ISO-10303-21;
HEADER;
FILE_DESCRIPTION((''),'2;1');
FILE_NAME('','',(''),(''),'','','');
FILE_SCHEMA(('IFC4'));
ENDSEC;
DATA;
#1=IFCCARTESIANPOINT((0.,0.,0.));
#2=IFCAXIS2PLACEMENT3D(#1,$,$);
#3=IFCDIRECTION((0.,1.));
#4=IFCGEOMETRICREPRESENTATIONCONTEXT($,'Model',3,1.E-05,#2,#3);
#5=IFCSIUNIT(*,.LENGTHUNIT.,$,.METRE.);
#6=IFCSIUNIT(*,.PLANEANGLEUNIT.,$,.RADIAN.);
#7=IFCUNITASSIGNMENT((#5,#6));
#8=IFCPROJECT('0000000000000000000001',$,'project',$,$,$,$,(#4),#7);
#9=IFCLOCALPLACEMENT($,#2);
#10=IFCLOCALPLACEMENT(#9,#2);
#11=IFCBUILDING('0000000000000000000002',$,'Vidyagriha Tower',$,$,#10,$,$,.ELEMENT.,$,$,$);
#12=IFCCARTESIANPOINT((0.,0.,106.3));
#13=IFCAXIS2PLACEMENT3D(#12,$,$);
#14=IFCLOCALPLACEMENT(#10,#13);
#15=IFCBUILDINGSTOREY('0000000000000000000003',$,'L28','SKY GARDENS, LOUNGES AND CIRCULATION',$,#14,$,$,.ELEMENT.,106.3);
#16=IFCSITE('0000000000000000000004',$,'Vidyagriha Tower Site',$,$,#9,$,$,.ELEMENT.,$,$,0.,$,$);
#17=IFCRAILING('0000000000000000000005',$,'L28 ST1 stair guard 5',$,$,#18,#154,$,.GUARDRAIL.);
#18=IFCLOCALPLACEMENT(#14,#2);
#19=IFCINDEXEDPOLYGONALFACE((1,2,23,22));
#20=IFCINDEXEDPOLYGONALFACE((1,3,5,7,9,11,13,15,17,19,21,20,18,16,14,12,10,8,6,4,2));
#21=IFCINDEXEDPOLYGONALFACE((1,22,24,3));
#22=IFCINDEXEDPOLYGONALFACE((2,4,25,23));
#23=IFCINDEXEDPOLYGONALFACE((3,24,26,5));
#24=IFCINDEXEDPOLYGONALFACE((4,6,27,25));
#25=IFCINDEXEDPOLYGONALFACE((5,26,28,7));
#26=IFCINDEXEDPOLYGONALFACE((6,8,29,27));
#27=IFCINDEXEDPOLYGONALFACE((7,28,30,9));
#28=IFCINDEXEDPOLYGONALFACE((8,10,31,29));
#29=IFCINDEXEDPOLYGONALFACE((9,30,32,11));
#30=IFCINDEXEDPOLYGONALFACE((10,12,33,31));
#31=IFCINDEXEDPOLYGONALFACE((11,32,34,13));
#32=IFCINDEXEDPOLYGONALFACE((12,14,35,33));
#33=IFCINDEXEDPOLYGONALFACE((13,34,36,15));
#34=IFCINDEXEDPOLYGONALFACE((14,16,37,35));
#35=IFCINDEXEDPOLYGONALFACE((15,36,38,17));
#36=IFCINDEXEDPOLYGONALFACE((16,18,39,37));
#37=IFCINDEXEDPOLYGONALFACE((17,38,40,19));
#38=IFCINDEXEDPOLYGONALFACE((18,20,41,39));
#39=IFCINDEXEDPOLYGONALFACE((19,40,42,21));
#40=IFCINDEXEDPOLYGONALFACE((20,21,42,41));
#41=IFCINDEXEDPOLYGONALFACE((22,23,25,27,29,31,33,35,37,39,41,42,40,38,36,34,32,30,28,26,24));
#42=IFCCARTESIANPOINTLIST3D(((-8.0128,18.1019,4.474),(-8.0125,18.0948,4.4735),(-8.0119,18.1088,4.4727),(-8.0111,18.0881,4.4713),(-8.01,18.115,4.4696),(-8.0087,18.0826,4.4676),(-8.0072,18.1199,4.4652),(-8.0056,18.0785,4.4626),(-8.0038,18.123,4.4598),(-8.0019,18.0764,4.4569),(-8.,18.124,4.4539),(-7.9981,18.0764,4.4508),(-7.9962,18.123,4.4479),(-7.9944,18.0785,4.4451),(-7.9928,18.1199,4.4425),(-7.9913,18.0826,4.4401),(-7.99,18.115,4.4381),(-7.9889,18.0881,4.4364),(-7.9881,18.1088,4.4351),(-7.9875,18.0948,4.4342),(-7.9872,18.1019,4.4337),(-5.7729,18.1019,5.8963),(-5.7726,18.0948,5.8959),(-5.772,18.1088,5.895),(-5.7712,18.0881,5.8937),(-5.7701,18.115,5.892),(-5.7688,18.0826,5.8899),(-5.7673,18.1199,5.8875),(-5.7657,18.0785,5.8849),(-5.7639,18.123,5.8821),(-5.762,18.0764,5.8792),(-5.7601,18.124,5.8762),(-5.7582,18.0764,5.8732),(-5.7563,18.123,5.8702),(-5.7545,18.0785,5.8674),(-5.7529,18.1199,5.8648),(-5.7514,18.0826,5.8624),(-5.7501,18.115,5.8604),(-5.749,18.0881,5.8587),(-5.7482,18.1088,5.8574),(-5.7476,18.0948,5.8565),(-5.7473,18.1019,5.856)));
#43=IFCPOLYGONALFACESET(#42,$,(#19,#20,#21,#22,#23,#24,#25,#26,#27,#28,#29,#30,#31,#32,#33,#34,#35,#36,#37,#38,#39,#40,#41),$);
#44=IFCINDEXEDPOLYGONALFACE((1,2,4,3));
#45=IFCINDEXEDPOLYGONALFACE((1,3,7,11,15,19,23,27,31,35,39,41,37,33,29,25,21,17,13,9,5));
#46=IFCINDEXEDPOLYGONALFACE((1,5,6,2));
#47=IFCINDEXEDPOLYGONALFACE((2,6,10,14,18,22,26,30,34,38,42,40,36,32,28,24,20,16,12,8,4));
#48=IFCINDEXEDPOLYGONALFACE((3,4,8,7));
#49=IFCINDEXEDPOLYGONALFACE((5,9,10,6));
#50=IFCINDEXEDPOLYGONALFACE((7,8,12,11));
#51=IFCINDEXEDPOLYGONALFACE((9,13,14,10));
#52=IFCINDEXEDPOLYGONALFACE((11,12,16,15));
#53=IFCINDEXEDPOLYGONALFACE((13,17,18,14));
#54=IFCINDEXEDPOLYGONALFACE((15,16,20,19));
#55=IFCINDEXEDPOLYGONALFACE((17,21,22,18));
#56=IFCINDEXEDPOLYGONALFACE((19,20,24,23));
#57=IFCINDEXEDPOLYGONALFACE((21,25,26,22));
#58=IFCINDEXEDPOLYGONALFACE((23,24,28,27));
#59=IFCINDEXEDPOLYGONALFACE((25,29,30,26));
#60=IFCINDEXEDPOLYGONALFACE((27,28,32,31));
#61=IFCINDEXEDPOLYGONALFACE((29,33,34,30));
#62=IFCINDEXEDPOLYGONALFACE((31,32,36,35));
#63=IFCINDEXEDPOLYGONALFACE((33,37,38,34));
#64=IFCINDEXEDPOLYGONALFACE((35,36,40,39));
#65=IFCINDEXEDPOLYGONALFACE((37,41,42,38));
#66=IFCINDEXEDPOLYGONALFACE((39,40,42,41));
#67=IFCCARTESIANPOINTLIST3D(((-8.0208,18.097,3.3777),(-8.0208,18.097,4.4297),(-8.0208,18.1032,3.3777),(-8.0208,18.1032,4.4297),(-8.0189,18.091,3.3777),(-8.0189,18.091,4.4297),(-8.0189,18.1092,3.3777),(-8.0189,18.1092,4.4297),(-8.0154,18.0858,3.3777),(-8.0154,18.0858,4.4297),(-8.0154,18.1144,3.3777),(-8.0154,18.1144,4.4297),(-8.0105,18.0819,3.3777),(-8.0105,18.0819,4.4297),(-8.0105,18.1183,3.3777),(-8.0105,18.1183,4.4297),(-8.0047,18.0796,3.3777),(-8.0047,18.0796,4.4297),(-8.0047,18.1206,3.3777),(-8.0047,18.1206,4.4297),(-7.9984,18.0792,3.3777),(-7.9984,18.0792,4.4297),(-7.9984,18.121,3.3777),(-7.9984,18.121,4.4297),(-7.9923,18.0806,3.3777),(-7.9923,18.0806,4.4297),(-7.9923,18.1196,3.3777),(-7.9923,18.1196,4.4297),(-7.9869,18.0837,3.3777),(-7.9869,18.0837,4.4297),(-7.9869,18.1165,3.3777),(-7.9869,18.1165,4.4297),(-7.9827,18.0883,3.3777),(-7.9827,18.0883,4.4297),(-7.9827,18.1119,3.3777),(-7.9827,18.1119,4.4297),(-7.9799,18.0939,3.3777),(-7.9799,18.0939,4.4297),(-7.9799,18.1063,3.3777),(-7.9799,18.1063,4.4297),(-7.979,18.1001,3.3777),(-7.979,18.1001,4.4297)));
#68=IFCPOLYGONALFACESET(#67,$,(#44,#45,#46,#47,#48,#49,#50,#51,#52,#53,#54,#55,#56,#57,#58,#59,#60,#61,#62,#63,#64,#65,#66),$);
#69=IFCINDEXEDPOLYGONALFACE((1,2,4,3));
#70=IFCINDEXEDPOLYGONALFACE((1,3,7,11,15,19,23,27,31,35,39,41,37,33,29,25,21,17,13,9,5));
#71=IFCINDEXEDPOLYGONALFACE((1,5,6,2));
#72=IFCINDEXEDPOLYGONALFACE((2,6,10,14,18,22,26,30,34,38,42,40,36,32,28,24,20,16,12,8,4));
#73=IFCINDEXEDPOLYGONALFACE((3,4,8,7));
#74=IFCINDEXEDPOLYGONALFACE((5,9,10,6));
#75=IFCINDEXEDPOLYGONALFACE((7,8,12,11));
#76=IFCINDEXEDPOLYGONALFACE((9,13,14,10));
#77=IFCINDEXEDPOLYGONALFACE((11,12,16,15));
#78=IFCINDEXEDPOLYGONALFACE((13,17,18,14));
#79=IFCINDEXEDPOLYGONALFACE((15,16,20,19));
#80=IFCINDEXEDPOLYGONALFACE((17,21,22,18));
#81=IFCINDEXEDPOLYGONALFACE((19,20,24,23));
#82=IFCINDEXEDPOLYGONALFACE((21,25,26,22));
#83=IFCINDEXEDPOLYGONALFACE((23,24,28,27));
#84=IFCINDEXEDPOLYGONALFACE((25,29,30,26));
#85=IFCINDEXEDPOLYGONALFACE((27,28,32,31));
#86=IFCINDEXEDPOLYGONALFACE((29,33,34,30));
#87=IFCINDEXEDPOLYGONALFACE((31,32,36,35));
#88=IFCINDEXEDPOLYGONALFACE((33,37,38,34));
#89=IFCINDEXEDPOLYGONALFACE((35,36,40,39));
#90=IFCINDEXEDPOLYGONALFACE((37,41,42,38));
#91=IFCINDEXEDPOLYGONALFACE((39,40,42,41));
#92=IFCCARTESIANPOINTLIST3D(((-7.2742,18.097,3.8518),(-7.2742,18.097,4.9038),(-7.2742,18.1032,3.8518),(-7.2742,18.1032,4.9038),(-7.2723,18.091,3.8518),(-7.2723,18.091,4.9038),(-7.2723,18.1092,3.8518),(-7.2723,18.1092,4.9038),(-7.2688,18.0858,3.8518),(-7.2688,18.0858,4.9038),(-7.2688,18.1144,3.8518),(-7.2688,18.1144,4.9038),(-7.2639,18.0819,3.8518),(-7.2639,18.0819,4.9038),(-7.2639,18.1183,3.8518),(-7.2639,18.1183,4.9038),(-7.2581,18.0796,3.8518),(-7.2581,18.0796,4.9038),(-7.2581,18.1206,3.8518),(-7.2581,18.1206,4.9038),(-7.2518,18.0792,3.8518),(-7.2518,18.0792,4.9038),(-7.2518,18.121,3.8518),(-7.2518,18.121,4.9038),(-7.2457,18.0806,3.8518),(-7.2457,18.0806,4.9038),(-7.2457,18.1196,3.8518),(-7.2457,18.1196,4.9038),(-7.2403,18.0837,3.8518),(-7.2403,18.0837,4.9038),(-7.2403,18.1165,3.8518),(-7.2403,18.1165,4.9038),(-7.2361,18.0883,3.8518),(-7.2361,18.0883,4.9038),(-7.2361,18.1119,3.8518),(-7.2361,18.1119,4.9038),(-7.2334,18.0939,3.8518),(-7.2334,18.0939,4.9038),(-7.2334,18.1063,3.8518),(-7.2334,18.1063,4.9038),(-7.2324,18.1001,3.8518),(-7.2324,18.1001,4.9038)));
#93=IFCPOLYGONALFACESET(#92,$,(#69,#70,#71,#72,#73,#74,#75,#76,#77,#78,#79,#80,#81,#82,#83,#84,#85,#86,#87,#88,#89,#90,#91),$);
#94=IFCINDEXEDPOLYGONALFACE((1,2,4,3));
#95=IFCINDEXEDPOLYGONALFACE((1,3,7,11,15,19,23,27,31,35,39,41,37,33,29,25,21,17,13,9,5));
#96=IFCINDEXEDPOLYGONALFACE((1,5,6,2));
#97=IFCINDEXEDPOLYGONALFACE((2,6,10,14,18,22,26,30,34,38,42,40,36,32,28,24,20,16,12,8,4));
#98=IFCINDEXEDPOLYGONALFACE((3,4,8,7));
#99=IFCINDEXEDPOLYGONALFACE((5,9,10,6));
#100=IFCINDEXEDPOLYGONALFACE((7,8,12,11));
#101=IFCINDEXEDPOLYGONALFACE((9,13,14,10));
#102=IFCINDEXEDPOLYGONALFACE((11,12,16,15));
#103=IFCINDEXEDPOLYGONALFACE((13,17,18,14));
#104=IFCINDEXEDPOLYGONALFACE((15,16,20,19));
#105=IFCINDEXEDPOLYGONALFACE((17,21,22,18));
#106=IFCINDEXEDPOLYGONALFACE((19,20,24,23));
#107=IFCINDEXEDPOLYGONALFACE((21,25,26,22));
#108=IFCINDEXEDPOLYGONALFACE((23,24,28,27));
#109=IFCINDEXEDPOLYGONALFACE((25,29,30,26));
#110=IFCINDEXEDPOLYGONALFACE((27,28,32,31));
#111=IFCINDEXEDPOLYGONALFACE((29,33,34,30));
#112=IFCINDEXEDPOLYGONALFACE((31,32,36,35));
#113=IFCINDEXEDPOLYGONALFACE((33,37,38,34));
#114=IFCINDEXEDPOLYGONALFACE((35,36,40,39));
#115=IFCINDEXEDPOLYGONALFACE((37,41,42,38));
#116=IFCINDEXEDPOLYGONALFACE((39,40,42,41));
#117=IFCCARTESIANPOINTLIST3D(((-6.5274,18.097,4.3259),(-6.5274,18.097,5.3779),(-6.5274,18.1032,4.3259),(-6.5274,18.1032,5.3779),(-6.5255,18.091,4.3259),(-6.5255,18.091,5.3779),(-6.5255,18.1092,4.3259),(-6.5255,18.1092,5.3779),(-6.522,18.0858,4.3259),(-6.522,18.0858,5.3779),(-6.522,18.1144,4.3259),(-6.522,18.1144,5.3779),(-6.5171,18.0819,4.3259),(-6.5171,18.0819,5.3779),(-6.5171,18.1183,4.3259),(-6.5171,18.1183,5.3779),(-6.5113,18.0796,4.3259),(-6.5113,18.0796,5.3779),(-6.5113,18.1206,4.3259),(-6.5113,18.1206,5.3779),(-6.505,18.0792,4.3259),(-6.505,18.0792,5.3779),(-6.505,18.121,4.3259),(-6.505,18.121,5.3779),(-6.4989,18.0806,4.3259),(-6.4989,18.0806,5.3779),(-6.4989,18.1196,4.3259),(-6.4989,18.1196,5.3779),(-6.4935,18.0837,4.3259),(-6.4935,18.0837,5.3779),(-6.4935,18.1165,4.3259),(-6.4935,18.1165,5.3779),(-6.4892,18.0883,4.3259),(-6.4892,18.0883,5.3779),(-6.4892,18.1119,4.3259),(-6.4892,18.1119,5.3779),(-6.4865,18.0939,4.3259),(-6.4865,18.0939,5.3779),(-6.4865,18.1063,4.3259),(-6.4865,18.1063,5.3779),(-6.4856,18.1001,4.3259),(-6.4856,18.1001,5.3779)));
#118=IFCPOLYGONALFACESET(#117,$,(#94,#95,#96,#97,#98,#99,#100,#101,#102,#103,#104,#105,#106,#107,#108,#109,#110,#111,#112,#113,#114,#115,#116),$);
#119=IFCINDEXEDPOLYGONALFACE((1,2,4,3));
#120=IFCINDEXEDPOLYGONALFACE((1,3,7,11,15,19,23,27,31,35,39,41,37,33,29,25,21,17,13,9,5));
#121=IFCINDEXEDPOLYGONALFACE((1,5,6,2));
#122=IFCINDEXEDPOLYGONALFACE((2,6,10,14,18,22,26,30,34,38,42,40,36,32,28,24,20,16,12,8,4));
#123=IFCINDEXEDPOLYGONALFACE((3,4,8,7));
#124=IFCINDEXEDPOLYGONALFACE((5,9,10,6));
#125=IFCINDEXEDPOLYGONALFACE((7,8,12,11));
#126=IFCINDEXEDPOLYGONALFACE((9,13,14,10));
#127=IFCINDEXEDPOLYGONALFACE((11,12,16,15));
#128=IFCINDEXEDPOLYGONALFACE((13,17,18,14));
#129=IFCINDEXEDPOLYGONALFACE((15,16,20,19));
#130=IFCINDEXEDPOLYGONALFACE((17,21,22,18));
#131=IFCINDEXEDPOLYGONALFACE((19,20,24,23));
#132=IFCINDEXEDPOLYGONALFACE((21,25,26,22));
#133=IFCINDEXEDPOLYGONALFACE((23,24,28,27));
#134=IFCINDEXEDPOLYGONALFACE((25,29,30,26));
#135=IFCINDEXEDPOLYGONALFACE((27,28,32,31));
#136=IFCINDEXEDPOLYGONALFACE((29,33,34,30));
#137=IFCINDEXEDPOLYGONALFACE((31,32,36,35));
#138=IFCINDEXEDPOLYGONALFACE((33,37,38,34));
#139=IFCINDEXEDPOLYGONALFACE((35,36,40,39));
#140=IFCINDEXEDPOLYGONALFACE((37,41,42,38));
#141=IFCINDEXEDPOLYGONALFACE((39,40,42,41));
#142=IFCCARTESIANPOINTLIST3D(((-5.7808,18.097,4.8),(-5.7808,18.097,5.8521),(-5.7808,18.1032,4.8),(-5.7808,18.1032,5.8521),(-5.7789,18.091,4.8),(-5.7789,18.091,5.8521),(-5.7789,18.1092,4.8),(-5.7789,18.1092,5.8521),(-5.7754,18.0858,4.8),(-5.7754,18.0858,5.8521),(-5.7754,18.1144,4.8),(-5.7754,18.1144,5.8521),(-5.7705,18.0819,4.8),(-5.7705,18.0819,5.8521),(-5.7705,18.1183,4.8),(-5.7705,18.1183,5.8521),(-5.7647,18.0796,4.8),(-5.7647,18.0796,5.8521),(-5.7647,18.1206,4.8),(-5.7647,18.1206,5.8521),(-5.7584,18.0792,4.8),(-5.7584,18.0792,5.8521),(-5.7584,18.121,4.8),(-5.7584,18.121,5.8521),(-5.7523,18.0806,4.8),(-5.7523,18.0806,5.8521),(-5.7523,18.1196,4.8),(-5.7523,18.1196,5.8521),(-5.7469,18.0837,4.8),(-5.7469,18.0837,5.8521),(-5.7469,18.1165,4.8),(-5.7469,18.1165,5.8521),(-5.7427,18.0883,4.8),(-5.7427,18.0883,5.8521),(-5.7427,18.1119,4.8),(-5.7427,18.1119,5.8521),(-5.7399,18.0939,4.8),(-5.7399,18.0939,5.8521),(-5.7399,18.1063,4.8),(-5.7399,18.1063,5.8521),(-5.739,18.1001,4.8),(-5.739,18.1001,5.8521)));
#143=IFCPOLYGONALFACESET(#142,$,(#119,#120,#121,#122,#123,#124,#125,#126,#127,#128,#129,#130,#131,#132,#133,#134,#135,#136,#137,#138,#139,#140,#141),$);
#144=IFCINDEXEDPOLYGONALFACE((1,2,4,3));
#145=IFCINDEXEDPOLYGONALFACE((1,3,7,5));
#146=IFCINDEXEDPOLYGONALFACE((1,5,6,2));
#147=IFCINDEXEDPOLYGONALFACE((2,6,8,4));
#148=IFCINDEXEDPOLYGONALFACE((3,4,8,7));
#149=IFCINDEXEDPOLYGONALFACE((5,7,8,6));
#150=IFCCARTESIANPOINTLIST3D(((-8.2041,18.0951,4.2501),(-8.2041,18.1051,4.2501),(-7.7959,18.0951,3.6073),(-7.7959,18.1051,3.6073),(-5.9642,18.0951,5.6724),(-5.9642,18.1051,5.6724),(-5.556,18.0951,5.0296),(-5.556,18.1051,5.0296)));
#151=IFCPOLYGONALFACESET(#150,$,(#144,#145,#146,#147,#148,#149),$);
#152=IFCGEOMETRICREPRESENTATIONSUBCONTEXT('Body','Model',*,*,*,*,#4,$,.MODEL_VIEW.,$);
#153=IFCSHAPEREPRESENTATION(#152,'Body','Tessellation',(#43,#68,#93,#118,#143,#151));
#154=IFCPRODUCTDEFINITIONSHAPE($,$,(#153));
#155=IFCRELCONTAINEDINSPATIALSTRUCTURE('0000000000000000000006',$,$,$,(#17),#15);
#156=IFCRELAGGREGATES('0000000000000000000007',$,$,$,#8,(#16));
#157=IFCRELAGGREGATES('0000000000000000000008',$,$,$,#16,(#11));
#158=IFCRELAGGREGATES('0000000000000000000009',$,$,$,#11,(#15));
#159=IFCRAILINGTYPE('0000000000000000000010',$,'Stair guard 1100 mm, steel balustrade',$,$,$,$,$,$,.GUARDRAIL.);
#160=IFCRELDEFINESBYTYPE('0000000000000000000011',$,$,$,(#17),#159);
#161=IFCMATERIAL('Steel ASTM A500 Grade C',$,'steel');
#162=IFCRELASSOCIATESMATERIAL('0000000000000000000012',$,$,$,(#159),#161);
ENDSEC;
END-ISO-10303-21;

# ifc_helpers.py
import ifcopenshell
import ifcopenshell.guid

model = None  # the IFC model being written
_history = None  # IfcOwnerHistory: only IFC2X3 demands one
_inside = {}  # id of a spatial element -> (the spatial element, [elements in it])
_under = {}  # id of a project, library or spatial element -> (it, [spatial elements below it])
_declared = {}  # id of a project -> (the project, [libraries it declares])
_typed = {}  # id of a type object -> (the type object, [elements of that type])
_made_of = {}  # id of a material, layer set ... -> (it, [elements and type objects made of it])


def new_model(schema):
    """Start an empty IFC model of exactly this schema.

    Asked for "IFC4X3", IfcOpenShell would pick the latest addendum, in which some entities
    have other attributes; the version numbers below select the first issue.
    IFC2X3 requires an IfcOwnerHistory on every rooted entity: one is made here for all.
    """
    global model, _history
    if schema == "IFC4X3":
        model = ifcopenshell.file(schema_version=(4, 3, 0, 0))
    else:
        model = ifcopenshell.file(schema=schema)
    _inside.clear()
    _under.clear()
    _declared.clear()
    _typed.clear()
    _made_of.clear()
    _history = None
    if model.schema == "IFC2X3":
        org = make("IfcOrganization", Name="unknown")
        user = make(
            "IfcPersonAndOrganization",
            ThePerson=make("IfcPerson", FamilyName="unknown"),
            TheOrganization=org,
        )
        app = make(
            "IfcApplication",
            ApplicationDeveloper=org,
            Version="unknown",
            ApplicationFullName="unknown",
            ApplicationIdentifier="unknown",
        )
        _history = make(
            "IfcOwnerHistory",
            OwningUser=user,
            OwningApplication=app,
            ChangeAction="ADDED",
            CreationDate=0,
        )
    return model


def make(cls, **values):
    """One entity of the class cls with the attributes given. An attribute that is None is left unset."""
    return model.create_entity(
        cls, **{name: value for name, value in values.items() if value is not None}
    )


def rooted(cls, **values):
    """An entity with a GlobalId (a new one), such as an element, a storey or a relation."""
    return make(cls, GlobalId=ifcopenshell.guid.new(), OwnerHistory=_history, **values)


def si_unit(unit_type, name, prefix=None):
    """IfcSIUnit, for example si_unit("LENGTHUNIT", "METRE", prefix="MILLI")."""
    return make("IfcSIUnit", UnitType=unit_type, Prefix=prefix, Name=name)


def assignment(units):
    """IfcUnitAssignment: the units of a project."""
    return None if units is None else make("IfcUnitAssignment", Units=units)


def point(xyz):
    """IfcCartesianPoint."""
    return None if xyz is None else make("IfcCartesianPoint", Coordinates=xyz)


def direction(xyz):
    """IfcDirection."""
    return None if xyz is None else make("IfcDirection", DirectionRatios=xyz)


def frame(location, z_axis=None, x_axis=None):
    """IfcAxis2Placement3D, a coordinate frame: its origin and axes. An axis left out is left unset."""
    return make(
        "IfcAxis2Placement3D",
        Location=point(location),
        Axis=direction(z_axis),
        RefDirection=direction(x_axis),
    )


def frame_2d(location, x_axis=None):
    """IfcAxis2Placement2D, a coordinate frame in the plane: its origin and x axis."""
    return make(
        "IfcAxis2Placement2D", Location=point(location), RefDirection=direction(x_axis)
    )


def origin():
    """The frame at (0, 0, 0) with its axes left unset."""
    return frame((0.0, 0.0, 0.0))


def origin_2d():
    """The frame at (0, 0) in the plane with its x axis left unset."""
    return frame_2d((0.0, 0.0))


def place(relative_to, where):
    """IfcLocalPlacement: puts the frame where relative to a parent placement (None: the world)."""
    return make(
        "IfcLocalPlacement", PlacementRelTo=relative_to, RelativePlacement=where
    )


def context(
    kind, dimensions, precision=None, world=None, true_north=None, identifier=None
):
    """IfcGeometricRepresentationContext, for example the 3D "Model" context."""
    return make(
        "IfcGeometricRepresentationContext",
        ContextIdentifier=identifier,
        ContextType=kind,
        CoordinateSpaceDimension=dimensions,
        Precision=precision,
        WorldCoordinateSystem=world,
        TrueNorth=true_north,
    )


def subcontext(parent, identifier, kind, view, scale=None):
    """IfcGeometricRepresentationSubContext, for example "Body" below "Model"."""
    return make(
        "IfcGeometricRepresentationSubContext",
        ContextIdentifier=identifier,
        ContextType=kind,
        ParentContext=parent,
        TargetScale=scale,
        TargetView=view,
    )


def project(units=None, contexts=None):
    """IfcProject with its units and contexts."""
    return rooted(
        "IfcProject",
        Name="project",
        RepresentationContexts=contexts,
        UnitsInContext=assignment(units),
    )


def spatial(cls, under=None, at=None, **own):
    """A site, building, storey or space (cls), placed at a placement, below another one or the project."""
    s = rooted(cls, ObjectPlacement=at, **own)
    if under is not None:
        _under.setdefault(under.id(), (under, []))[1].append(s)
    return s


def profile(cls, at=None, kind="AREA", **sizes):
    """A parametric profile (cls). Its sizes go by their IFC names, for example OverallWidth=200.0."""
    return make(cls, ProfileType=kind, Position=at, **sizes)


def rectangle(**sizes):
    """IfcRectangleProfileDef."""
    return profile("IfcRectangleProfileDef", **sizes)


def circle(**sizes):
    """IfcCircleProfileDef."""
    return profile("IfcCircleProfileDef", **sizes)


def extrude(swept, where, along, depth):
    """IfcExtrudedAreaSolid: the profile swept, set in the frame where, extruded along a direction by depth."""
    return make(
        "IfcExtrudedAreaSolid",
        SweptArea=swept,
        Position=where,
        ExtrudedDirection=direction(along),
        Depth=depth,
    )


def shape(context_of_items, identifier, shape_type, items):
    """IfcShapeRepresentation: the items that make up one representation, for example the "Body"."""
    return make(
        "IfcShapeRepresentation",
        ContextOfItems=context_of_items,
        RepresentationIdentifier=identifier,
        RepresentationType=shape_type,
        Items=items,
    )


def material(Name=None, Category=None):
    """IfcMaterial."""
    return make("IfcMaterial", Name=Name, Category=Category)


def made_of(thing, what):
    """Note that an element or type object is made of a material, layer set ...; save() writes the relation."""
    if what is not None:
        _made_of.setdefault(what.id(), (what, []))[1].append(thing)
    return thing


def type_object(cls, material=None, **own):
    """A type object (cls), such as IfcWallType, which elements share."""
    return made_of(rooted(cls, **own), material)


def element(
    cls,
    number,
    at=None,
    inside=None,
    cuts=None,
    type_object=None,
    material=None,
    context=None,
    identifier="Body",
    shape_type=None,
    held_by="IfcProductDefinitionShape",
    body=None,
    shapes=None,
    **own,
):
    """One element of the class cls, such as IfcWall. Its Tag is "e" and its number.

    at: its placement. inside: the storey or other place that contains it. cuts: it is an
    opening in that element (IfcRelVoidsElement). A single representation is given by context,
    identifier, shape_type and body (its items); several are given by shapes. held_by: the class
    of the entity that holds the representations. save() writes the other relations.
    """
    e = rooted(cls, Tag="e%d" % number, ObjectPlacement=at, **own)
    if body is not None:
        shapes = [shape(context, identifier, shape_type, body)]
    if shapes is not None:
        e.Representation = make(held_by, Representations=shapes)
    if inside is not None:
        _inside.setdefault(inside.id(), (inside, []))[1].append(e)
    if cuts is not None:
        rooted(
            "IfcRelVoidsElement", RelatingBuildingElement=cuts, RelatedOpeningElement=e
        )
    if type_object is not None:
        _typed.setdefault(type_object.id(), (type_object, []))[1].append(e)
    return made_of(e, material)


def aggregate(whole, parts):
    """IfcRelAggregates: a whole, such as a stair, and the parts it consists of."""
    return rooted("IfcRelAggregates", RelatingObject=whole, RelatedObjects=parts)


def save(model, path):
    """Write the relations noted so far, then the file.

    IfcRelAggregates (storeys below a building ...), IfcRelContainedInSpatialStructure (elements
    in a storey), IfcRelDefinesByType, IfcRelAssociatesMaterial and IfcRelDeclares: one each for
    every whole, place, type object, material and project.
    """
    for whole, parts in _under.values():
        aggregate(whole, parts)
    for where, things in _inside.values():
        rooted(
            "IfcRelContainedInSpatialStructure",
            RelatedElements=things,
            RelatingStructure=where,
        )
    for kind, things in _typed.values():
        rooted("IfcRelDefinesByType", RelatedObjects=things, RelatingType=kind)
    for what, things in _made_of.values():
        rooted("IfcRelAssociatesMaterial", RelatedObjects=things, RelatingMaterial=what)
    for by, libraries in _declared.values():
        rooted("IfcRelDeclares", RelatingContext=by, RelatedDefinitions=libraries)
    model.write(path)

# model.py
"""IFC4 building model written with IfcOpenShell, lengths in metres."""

from ifc_helpers import new_model, si_unit, direction, frame, origin, origin_2d, place, context, subcontext, project, spatial, rectangle, circle, extrude, material, type_object, element, save


model = new_model("IFC4")

# Units and contexts
model_context = context("Model", 3, precision=1e-05, world=origin(), true_north=direction((0.0, 1.0)))
body_context = subcontext(model_context, "Body", "Model", "MODEL_VIEW")
ifc_project = project(units=[si_unit("LENGTHUNIT", "METRE"), si_unit("PLANEANGLEUNIT", "RADIAN")], contexts=[model_context])

# Site, building, storey
site_placement = place(None, origin())
site = spatial("IfcSite", under=ifc_project, at=site_placement, Name="Vidyagriha Tower Site", CompositionType="ELEMENT", RefElevation=0.0)
building_placement = place(site_placement, origin())
building = spatial("IfcBuilding", under=site, at=building_placement, Name="Vidyagriha Tower", CompositionType="ELEMENT")
storey_placement = place(building_placement, frame((0.0, 0.0, 106.3)))
storey = spatial("IfcBuildingStorey", under=building, at=storey_placement, Name="L28", Description="SKY GARDENS, LOUNGES AND CIRCULATION", CompositionType="ELEMENT", Elevation=106.3)

# Railing
ifc_material_1 = material(Name="Steel ASTM A500 Grade C", Category="steel")
railing_type_1 = type_object("IfcRailingType", Name="Stair guard 1100 mm, steel balustrade", PredefinedType="GUARDRAIL", material=ifc_material_1)
railing_1_placement = place(storey_placement, frame((-8.0, 18.1001, 3.3777)))
element("IfcRailing", 1, at=railing_1_placement, inside=storey, type_object=railing_type_1, Name="L28 ST1 stair guard 5", PredefinedType="GUARDRAIL", context=body_context, shape_type="SweptSolid", body=[
    extrude(circle(Radius=0.0239, at=origin_2d()), frame((0.0, 0.0, 1.0762), z_axis=(0.844188, 0.0, 0.536048), x_axis=(0.0, 1.0, 0.0)), (0.0, 0.0, 1.0), 2.6533),
    extrude(circle(Radius=0.021, at=origin_2d()), origin(), (0.0, 0.0, 1.0), 1.052),
    extrude(circle(Radius=0.021, at=origin_2d()), frame((0.7466, 0.0, 0.4741)), (0.0, 0.0, 1.0), 1.052),
    extrude(circle(Radius=0.021, at=origin_2d()), frame((1.4934, 0.0, 0.9482)), (0.0, 0.0, 1.0), 1.052),
    extrude(circle(Radius=0.021, at=origin_2d()), frame((2.24, 0.0, 1.4224)), (0.0, 0.0, 1.0), 1.052),
    extrude(rectangle(XDim=0.01, YDim=0.7615, at=origin_2d()), frame((0.0, 0.0, 0.551), z_axis=(0.844188, 0.0, 0.536048), x_axis=(0.0, 1.0, 0.0)), (0.0, 0.0, 1.0), 2.6533),
])

save(model, "model.ifc")
